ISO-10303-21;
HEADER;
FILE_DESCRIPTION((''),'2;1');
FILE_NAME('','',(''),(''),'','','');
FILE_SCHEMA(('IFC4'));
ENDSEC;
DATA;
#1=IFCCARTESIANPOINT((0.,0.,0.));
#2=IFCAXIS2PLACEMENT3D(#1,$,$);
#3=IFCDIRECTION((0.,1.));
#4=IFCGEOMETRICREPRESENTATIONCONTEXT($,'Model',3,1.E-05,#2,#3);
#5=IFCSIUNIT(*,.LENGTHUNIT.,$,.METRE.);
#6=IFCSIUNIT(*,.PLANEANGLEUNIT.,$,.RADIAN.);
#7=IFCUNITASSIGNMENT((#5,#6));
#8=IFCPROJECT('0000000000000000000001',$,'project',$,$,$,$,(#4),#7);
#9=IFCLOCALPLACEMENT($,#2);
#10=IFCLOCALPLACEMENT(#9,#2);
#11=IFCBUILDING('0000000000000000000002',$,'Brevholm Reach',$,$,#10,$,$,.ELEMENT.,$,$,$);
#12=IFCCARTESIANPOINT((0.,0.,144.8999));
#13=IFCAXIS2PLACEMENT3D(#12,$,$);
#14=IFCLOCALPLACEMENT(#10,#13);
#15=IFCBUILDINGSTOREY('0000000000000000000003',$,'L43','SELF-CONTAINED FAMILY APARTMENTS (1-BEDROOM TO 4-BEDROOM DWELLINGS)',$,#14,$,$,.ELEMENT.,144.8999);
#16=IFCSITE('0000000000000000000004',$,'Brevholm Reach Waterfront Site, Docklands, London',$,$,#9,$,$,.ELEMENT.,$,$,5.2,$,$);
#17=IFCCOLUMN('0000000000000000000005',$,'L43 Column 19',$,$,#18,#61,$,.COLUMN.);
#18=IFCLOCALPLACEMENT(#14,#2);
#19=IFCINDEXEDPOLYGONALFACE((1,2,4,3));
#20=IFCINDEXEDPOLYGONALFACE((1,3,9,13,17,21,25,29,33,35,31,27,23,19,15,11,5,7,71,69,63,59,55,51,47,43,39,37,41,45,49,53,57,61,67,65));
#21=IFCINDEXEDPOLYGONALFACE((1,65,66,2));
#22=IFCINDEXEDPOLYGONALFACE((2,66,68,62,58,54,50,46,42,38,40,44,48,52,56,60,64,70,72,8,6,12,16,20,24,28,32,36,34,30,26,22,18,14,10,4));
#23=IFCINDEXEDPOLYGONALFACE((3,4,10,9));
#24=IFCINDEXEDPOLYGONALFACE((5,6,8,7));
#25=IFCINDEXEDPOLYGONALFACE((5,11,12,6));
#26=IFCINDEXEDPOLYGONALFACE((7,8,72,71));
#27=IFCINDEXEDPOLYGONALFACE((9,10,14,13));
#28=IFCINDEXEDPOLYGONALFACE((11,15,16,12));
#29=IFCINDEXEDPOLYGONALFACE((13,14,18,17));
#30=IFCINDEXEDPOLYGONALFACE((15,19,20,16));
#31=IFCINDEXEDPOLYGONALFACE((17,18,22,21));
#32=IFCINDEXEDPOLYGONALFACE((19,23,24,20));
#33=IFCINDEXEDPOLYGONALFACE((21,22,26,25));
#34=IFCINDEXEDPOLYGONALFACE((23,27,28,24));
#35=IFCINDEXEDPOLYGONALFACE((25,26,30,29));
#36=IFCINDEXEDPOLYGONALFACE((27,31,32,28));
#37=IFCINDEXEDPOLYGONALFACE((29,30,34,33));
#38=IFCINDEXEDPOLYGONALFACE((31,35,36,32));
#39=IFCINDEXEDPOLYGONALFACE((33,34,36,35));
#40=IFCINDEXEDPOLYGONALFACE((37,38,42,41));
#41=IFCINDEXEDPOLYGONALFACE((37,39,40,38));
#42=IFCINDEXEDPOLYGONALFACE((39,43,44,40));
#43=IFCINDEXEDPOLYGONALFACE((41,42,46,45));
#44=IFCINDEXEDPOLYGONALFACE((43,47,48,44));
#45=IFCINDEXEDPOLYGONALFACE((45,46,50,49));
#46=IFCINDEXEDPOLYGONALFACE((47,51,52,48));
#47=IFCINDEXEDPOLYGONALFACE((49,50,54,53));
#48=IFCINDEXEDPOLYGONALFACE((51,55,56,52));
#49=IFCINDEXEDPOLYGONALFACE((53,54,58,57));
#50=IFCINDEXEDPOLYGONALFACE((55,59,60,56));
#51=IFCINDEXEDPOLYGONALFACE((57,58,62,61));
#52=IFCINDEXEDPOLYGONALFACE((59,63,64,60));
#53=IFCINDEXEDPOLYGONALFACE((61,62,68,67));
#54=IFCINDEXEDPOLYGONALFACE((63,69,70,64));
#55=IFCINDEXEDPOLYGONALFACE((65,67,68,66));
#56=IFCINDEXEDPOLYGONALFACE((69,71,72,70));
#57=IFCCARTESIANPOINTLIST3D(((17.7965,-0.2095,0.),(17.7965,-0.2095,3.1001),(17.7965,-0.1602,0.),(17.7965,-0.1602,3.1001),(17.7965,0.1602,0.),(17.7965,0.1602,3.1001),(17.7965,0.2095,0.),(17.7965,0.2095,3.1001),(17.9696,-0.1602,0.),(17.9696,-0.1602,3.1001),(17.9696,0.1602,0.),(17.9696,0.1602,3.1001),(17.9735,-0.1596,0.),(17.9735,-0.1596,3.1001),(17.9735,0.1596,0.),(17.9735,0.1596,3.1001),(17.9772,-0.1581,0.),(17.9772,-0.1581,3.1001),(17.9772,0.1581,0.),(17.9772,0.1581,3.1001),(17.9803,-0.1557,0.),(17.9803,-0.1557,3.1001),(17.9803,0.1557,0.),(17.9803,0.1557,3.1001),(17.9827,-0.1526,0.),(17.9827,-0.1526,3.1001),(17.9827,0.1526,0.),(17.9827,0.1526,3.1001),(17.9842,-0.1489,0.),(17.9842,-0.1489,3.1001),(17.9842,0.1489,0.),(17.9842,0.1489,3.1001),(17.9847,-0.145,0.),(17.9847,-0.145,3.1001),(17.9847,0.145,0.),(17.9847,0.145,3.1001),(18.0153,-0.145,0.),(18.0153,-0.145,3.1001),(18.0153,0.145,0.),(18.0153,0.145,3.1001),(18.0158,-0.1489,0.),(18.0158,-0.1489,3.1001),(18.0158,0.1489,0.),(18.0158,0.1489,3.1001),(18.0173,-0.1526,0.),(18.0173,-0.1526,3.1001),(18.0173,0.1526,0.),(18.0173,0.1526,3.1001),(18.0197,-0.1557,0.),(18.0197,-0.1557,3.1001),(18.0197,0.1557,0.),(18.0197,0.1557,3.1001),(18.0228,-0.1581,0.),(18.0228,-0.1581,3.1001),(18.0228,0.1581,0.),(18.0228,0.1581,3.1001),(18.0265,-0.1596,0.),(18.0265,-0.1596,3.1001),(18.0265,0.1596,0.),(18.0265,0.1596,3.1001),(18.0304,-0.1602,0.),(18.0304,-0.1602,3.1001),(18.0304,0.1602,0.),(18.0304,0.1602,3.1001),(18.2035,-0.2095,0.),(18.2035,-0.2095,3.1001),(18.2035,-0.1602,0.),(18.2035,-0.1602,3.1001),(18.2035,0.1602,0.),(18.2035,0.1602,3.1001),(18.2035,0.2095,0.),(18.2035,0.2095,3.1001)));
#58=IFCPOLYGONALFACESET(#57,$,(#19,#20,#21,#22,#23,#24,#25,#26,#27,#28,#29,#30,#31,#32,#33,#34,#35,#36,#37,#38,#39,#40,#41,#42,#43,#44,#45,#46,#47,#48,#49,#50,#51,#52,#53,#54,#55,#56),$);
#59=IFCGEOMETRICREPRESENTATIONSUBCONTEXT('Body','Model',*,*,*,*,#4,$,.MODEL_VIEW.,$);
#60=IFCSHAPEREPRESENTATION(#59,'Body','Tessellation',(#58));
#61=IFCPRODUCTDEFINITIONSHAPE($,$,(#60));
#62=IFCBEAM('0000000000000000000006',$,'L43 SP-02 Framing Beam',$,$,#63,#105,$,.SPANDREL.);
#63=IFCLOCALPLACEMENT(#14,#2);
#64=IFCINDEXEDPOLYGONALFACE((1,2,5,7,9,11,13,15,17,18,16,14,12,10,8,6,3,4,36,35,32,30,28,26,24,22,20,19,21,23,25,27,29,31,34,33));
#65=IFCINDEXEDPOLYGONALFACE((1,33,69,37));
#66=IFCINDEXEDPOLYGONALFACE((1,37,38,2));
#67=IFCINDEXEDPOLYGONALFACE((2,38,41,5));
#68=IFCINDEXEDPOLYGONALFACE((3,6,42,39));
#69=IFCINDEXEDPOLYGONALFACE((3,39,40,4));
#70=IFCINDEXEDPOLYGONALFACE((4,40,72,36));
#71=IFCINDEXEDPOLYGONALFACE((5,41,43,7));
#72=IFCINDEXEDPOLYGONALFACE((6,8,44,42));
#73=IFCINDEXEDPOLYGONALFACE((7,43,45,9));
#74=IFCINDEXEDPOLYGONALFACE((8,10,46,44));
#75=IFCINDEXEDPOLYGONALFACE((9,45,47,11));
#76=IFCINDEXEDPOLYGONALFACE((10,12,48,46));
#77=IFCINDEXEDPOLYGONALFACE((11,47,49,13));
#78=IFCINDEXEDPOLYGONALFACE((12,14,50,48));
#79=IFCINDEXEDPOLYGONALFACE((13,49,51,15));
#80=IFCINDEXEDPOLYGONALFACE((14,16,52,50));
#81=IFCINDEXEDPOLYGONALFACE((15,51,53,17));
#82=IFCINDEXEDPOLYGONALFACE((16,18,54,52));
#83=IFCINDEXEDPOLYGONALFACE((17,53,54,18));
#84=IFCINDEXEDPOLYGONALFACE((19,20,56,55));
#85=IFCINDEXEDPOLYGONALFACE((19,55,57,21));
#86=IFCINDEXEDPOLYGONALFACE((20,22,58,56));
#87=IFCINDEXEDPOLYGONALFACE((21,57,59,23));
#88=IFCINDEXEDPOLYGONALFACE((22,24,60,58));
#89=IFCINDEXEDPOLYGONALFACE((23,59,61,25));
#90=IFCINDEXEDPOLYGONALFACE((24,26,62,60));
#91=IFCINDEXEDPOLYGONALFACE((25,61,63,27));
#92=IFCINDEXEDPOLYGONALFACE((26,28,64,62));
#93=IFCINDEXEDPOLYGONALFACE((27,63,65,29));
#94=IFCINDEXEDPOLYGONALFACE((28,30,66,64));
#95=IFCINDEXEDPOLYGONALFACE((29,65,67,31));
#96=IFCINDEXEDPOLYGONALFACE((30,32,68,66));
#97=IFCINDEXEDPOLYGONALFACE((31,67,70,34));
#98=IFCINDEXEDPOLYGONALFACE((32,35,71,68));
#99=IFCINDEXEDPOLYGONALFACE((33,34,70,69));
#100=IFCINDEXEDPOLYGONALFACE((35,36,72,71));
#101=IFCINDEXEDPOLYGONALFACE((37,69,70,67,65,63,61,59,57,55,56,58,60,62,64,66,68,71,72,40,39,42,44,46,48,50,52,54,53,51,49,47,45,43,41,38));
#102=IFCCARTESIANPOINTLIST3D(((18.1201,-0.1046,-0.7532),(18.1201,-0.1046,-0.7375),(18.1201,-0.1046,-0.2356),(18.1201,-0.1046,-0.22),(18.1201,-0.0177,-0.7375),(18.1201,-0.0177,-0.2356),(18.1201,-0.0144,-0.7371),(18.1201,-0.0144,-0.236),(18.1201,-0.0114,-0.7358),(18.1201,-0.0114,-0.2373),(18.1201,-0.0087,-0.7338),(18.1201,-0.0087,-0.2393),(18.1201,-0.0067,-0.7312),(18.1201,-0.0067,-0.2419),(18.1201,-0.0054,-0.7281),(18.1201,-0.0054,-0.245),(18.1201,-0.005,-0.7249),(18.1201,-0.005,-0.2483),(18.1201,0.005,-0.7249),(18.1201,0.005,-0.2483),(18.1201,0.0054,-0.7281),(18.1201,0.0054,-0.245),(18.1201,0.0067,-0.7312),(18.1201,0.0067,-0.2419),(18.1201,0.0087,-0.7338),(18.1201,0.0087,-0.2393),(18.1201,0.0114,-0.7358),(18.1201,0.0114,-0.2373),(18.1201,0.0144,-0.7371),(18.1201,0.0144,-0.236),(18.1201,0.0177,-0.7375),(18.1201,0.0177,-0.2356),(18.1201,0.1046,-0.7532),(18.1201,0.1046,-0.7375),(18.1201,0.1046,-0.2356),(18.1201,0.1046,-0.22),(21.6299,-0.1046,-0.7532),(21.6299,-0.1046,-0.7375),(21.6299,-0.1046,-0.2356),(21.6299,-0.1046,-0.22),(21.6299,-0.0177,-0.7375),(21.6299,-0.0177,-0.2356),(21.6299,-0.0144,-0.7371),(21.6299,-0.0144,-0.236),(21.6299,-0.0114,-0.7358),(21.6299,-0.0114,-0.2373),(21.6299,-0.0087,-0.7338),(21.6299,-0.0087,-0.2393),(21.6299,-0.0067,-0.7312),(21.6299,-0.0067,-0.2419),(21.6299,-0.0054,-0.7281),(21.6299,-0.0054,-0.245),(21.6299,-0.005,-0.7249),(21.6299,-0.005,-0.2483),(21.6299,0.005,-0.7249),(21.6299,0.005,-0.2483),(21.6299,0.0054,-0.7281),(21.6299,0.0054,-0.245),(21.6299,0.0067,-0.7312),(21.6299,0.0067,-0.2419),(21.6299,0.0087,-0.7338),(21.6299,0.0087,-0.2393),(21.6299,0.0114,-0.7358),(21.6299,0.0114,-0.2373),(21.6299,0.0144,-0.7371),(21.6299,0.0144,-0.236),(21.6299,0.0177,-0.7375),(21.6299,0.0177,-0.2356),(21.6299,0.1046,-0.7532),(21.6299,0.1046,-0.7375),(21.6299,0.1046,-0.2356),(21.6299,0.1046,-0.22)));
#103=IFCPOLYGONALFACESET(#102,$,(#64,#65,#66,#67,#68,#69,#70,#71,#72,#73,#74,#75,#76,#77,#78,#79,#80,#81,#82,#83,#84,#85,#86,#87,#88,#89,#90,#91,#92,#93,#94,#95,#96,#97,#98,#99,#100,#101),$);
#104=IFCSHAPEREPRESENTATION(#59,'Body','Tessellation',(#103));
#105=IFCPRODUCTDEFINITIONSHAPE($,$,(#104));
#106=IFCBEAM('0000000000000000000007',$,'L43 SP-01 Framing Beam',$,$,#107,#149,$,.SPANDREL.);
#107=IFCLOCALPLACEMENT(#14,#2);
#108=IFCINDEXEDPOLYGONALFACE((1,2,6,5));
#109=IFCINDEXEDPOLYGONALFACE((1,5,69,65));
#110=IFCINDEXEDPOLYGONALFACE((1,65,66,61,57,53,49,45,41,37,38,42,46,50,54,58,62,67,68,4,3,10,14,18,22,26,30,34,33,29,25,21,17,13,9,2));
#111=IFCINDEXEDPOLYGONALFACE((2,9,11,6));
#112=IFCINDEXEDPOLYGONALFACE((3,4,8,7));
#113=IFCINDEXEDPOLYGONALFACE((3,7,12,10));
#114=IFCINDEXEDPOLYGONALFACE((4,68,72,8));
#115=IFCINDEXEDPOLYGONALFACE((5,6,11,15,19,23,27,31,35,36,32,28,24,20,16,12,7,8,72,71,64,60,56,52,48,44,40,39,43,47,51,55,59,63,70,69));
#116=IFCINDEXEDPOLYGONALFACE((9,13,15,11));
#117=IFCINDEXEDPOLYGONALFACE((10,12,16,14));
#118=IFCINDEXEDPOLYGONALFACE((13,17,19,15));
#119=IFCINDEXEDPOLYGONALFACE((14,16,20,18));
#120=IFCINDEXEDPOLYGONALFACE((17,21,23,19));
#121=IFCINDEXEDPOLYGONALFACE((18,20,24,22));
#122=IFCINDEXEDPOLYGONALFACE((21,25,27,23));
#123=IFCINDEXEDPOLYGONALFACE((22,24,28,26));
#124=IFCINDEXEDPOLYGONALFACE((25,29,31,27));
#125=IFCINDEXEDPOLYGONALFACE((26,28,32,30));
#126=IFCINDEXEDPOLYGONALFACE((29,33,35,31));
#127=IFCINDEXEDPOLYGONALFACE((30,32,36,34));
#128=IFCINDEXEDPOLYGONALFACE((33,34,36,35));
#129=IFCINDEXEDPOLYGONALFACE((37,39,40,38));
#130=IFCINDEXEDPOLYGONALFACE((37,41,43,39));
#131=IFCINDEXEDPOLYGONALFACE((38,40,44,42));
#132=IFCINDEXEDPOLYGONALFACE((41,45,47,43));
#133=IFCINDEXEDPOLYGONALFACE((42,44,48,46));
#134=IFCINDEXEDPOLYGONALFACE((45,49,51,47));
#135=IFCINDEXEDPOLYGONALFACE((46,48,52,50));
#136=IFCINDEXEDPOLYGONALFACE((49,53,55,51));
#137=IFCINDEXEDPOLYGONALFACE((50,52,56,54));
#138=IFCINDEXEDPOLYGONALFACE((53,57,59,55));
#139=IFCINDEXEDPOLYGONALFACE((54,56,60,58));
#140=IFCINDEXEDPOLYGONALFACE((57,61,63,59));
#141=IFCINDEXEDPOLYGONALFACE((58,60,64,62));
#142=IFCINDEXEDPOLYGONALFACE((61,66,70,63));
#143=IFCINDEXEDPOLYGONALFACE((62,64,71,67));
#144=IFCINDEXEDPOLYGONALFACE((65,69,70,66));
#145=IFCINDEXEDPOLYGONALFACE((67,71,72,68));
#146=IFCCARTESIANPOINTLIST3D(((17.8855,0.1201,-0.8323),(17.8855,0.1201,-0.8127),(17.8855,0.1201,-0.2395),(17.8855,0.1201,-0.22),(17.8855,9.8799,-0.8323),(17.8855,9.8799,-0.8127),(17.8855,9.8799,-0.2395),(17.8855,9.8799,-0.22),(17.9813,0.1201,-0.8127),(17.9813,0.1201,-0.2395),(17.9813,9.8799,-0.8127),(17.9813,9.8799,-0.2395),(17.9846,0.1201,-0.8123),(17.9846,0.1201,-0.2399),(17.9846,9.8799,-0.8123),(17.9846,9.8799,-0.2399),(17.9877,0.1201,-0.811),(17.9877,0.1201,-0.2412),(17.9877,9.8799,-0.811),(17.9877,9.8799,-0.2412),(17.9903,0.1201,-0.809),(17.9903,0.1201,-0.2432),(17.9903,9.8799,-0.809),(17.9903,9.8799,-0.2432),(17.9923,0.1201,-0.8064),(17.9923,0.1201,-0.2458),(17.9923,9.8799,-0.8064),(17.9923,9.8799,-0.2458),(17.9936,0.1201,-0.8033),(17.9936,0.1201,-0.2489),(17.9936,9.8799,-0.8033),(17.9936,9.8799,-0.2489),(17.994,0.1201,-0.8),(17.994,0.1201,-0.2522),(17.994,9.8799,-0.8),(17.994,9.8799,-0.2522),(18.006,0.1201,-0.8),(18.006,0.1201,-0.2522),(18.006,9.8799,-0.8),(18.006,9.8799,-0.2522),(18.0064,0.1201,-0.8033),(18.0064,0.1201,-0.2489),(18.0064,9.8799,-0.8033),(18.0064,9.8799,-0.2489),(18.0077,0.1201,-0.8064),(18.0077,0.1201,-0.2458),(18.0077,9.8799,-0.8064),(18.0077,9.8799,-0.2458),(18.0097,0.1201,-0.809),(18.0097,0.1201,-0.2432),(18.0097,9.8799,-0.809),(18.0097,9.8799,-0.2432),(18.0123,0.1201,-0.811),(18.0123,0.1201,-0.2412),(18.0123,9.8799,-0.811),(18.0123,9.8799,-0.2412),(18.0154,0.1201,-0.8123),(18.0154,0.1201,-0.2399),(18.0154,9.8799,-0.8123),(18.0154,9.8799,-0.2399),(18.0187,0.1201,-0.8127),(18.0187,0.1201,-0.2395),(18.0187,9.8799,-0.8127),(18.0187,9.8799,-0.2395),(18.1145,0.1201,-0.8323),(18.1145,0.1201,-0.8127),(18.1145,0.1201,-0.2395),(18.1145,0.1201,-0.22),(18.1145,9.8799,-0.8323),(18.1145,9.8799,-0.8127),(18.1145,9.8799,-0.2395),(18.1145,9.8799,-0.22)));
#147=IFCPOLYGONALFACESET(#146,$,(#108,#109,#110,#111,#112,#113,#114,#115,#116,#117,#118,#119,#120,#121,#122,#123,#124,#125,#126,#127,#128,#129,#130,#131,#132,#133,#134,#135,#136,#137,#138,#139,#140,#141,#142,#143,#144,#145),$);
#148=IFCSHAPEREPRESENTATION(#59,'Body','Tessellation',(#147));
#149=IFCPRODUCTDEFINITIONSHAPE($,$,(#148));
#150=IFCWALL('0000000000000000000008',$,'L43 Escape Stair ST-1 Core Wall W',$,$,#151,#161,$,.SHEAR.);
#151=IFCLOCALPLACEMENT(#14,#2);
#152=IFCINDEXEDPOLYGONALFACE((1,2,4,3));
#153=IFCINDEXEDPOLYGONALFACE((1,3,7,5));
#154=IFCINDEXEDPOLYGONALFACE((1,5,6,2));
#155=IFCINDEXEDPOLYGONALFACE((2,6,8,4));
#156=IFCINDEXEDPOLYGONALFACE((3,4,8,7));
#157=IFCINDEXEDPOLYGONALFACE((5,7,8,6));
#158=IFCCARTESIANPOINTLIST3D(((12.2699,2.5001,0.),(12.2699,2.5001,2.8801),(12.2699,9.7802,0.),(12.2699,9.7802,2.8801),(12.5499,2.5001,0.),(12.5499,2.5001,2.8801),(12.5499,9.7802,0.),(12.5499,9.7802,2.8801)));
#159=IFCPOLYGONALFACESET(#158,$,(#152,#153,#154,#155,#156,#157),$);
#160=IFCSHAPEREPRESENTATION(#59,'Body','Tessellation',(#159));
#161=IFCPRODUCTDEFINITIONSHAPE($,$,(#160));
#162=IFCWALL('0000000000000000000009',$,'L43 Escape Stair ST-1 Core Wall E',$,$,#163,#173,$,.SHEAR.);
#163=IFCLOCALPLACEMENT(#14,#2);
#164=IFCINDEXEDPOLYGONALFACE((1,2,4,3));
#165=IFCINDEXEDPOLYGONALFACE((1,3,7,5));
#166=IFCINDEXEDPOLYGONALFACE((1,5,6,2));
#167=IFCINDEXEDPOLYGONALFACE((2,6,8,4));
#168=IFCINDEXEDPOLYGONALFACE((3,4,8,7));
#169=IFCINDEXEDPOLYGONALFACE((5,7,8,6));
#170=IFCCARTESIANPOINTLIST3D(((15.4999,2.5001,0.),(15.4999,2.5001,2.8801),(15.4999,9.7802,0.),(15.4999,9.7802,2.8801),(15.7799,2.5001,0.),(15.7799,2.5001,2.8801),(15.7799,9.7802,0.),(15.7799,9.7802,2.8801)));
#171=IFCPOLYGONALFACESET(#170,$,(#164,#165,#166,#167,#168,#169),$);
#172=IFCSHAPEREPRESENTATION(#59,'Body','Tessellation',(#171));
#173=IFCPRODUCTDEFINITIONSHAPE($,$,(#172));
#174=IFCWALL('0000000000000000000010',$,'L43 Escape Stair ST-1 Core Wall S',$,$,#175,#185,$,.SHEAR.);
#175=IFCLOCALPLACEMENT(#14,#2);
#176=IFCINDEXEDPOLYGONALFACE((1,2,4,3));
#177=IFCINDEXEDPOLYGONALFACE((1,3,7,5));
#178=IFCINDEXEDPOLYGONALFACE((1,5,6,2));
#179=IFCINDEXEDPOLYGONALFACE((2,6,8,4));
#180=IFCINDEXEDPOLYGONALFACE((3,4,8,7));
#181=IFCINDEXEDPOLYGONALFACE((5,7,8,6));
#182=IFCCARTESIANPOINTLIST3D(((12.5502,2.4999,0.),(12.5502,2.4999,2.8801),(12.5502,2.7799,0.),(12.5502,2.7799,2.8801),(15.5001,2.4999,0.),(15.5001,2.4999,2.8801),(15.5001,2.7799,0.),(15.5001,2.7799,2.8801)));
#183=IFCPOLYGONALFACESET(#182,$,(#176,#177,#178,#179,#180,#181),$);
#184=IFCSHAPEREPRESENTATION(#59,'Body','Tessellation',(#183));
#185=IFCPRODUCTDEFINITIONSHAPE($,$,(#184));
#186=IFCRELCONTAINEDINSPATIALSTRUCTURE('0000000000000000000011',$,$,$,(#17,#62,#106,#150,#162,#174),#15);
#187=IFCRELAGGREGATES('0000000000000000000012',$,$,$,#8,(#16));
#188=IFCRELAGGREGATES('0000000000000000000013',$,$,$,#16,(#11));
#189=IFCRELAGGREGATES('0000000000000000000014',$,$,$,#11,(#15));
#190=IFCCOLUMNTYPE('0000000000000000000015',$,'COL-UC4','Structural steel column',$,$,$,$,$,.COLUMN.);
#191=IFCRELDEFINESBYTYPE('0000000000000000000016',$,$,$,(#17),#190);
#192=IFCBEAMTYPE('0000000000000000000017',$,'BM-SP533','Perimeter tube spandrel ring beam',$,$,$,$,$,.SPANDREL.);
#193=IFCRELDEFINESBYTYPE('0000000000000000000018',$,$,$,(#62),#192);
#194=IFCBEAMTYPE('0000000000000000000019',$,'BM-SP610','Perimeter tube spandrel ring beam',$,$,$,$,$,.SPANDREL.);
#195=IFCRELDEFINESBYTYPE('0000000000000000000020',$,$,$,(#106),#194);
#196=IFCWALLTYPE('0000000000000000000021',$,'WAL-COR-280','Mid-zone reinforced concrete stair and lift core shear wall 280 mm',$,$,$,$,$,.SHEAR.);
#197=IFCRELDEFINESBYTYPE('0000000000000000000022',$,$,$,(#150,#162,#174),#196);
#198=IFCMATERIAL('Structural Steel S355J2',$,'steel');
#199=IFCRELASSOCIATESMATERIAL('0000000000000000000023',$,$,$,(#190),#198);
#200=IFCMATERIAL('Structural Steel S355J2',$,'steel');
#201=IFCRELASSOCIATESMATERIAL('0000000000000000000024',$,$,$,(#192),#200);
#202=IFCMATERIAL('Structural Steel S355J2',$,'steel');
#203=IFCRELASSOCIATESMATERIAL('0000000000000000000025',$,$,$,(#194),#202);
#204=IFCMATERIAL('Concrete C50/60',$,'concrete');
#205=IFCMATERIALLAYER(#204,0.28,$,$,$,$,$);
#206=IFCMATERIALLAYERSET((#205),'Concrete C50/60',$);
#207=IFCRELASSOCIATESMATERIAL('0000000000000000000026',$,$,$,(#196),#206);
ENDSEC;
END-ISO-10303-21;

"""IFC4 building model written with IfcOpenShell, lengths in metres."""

from ifc_helpers import new_model, si_unit, direction, frame, frame_2d, origin, origin_2d, place, context, subcontext, project, spatial, rectangle, i_section, extrude, material, layer, layer_set, material_profile, profile_set, type_object, element, save


model = new_model("IFC4")

# Units and contexts
model_context = context("Model", 3, precision=1e-05, world=origin(), true_north=direction((0.0, 1.0)))
body_context = subcontext(model_context, "Body", "Model", "MODEL_VIEW")
ifc_project = project(units=[si_unit("LENGTHUNIT", "METRE"), si_unit("PLANEANGLEUNIT", "RADIAN")], contexts=[model_context])

# Site, building, storey
site_placement = place(None, origin())
site = spatial("IfcSite", under=ifc_project, at=site_placement, Name="Brevholm Reach Waterfront Site, Docklands, London", CompositionType="ELEMENT", RefElevation=5.2)
building_placement = place(site_placement, origin())
building = spatial("IfcBuilding", under=site, at=building_placement, Name="Brevholm Reach", CompositionType="ELEMENT")
storey_placement = place(building_placement, frame((0.0, 0.0, 144.8999)))
storey = spatial("IfcBuildingStorey", under=building, at=storey_placement, Name="L43", Description="SELF-CONTAINED FAMILY APARTMENTS (1-BEDROOM TO 4-BEDROOM DWELLINGS)", CompositionType="ELEMENT", Elevation=144.8999)

# Column
ifc_material_1 = material(Name="Structural Steel S355J2", Category="steel")
ifc_material_profile_1 = material_profile(ifc_material_1, i_section(OverallWidth=0.407, OverallDepth=0.4189, WebThickness=0.0305, FlangeThickness=0.0493, FilletRadius=0.0151, at=origin_2d()), Name="UKC 356x406x393")
ifc_profile_set_1 = profile_set([ifc_material_profile_1], Name="Structural Steel S355J2")
column_type = type_object("IfcColumnType", Name="COL-UC4", Description="Structural steel column", PredefinedType="COLUMN", material=ifc_profile_set_1)
column_placement = place(storey_placement, frame((18.0, 0.0, 0.0), z_axis=(0.0, 0.0, 1.0), x_axis=(1.0, 0.0, 0.0)))
element("IfcColumn", 1, at=column_placement, inside=storey, type_object=column_type, Name="L43 Column 19", PredefinedType="COLUMN", context=body_context, shape_type="SweptSolid", body=[
    extrude(i_section(OverallWidth=0.407, OverallDepth=0.4189, WebThickness=0.0305, FlangeThickness=0.0493, FilletRadius=0.0151, at=origin_2d()), origin(), (0.0, 0.0, 1.0), 3.1001),
])

# Beams
ifc_material_2 = material(Name="Structural Steel S355J2", Category="steel")
ifc_material_profile_2 = material_profile(ifc_material_2, i_section(OverallWidth=0.2092, OverallDepth=0.5332, WebThickness=0.01, FlangeThickness=0.0156, FilletRadius=0.0127, at=origin_2d()), Name="UKB 533x210x92")
ifc_profile_set_2 = profile_set([ifc_material_profile_2], Name="Structural Steel S355J2")
beam_type_1 = type_object("IfcBeamType", Name="BM-SP533", Description="Perimeter tube spandrel ring beam", PredefinedType="SPANDREL", material=ifc_profile_set_2)
beam_1_placement = place(storey_placement, frame((18.1201, 0.0, -0.4866), z_axis=(1.0, 0.0, 0.0), x_axis=(0.0, 1.0, 0.0)))
element("IfcBeam", 2, at=beam_1_placement, inside=storey, type_object=beam_type_1, Name="L43 SP-02 Framing Beam", PredefinedType="SPANDREL", context=body_context, shape_type="SweptSolid", body=[
    extrude(i_section(OverallWidth=0.2092, OverallDepth=0.5332, WebThickness=0.01, FlangeThickness=0.0156, FilletRadius=0.0127, at=origin_2d()), origin(), (0.0, 0.0, 1.0), 3.5098),
])
ifc_material_3 = material(Name="Structural Steel S355J2", Category="steel")
ifc_material_profile_3 = material_profile(ifc_material_3, i_section(OverallWidth=0.229, OverallDepth=0.6123, WebThickness=0.012, FlangeThickness=0.0195, FilletRadius=0.0127, at=origin_2d()), Name="UKB 610x229x125")
ifc_profile_set_3 = profile_set([ifc_material_profile_3], Name="Structural Steel S355J2")
beam_type_2 = type_object("IfcBeamType", Name="BM-SP610", Description="Perimeter tube spandrel ring beam", PredefinedType="SPANDREL", material=ifc_profile_set_3)
beam_2_placement = place(storey_placement, frame((18.0, 0.1201, -0.5261), z_axis=(0.0, 1.0, 0.0), x_axis=(-1.0, 0.0, 0.0)))
element("IfcBeam", 3, at=beam_2_placement, inside=storey, type_object=beam_type_2, Name="L43 SP-01 Framing Beam", PredefinedType="SPANDREL", context=body_context, shape_type="SweptSolid", body=[
    extrude(i_section(OverallWidth=0.229, OverallDepth=0.6123, WebThickness=0.012, FlangeThickness=0.0195, FilletRadius=0.0127, at=origin_2d()), origin(), (0.0, 0.0, 1.0), 9.7598),
])

# Walls
ifc_material_4 = material(Name="Concrete C50/60", Category="concrete")
ifc_layer_1 = layer(ifc_material_4, 0.28)
ifc_layer_set_1 = layer_set([ifc_layer_1], Name="Concrete C50/60")
wall_type_1 = type_object("IfcWallType", Name="WAL-COR-280", Description="Mid-zone reinforced concrete stair and lift core shear wall 280 mm", PredefinedType="SHEAR", material=ifc_layer_set_1)
for number, where, z_axis, x_axis, name in (
    (4, (12.4099, 2.5, 0.0), (0.0, 0.0, 1.0), (0.0, 1.0, 0.0), "L43 Escape Stair ST-1 Core Wall W"),
    (5, (15.6399, 2.5, 0.0), (0.0, 0.0, 1.0), (0.0, 1.0, 0.0), "L43 Escape Stair ST-1 Core Wall E"),
):
    element("IfcWall", number, at=place(storey_placement, frame(where, z_axis=z_axis, x_axis=x_axis)), inside=storey, type_object=wall_type_1, Name=name, PredefinedType="SHEAR", context=body_context, shape_type="SweptSolid", body=[
        extrude(rectangle(XDim=7.28, YDim=0.28, at=frame_2d((3.6401, 0.0))), origin(), (0.0, 0.0, 1.0), 2.8801),
    ])
wall_1_placement = place(storey_placement, frame((12.55, 2.6399, 0.0), z_axis=(0.0, 0.0, 1.0), x_axis=(1.0, 0.0, 0.0)))
element("IfcWall", 6, at=wall_1_placement, inside=storey, type_object=wall_type_1, Name="L43 Escape Stair ST-1 Core Wall S", PredefinedType="SHEAR", context=body_context, shape_type="SweptSolid", body=[
    extrude(rectangle(XDim=2.95, YDim=0.28, at=frame_2d((1.4751, 0.0))), origin(), (0.0, 0.0, 1.0), 2.8801),
])

save(model, "model.ifc")
